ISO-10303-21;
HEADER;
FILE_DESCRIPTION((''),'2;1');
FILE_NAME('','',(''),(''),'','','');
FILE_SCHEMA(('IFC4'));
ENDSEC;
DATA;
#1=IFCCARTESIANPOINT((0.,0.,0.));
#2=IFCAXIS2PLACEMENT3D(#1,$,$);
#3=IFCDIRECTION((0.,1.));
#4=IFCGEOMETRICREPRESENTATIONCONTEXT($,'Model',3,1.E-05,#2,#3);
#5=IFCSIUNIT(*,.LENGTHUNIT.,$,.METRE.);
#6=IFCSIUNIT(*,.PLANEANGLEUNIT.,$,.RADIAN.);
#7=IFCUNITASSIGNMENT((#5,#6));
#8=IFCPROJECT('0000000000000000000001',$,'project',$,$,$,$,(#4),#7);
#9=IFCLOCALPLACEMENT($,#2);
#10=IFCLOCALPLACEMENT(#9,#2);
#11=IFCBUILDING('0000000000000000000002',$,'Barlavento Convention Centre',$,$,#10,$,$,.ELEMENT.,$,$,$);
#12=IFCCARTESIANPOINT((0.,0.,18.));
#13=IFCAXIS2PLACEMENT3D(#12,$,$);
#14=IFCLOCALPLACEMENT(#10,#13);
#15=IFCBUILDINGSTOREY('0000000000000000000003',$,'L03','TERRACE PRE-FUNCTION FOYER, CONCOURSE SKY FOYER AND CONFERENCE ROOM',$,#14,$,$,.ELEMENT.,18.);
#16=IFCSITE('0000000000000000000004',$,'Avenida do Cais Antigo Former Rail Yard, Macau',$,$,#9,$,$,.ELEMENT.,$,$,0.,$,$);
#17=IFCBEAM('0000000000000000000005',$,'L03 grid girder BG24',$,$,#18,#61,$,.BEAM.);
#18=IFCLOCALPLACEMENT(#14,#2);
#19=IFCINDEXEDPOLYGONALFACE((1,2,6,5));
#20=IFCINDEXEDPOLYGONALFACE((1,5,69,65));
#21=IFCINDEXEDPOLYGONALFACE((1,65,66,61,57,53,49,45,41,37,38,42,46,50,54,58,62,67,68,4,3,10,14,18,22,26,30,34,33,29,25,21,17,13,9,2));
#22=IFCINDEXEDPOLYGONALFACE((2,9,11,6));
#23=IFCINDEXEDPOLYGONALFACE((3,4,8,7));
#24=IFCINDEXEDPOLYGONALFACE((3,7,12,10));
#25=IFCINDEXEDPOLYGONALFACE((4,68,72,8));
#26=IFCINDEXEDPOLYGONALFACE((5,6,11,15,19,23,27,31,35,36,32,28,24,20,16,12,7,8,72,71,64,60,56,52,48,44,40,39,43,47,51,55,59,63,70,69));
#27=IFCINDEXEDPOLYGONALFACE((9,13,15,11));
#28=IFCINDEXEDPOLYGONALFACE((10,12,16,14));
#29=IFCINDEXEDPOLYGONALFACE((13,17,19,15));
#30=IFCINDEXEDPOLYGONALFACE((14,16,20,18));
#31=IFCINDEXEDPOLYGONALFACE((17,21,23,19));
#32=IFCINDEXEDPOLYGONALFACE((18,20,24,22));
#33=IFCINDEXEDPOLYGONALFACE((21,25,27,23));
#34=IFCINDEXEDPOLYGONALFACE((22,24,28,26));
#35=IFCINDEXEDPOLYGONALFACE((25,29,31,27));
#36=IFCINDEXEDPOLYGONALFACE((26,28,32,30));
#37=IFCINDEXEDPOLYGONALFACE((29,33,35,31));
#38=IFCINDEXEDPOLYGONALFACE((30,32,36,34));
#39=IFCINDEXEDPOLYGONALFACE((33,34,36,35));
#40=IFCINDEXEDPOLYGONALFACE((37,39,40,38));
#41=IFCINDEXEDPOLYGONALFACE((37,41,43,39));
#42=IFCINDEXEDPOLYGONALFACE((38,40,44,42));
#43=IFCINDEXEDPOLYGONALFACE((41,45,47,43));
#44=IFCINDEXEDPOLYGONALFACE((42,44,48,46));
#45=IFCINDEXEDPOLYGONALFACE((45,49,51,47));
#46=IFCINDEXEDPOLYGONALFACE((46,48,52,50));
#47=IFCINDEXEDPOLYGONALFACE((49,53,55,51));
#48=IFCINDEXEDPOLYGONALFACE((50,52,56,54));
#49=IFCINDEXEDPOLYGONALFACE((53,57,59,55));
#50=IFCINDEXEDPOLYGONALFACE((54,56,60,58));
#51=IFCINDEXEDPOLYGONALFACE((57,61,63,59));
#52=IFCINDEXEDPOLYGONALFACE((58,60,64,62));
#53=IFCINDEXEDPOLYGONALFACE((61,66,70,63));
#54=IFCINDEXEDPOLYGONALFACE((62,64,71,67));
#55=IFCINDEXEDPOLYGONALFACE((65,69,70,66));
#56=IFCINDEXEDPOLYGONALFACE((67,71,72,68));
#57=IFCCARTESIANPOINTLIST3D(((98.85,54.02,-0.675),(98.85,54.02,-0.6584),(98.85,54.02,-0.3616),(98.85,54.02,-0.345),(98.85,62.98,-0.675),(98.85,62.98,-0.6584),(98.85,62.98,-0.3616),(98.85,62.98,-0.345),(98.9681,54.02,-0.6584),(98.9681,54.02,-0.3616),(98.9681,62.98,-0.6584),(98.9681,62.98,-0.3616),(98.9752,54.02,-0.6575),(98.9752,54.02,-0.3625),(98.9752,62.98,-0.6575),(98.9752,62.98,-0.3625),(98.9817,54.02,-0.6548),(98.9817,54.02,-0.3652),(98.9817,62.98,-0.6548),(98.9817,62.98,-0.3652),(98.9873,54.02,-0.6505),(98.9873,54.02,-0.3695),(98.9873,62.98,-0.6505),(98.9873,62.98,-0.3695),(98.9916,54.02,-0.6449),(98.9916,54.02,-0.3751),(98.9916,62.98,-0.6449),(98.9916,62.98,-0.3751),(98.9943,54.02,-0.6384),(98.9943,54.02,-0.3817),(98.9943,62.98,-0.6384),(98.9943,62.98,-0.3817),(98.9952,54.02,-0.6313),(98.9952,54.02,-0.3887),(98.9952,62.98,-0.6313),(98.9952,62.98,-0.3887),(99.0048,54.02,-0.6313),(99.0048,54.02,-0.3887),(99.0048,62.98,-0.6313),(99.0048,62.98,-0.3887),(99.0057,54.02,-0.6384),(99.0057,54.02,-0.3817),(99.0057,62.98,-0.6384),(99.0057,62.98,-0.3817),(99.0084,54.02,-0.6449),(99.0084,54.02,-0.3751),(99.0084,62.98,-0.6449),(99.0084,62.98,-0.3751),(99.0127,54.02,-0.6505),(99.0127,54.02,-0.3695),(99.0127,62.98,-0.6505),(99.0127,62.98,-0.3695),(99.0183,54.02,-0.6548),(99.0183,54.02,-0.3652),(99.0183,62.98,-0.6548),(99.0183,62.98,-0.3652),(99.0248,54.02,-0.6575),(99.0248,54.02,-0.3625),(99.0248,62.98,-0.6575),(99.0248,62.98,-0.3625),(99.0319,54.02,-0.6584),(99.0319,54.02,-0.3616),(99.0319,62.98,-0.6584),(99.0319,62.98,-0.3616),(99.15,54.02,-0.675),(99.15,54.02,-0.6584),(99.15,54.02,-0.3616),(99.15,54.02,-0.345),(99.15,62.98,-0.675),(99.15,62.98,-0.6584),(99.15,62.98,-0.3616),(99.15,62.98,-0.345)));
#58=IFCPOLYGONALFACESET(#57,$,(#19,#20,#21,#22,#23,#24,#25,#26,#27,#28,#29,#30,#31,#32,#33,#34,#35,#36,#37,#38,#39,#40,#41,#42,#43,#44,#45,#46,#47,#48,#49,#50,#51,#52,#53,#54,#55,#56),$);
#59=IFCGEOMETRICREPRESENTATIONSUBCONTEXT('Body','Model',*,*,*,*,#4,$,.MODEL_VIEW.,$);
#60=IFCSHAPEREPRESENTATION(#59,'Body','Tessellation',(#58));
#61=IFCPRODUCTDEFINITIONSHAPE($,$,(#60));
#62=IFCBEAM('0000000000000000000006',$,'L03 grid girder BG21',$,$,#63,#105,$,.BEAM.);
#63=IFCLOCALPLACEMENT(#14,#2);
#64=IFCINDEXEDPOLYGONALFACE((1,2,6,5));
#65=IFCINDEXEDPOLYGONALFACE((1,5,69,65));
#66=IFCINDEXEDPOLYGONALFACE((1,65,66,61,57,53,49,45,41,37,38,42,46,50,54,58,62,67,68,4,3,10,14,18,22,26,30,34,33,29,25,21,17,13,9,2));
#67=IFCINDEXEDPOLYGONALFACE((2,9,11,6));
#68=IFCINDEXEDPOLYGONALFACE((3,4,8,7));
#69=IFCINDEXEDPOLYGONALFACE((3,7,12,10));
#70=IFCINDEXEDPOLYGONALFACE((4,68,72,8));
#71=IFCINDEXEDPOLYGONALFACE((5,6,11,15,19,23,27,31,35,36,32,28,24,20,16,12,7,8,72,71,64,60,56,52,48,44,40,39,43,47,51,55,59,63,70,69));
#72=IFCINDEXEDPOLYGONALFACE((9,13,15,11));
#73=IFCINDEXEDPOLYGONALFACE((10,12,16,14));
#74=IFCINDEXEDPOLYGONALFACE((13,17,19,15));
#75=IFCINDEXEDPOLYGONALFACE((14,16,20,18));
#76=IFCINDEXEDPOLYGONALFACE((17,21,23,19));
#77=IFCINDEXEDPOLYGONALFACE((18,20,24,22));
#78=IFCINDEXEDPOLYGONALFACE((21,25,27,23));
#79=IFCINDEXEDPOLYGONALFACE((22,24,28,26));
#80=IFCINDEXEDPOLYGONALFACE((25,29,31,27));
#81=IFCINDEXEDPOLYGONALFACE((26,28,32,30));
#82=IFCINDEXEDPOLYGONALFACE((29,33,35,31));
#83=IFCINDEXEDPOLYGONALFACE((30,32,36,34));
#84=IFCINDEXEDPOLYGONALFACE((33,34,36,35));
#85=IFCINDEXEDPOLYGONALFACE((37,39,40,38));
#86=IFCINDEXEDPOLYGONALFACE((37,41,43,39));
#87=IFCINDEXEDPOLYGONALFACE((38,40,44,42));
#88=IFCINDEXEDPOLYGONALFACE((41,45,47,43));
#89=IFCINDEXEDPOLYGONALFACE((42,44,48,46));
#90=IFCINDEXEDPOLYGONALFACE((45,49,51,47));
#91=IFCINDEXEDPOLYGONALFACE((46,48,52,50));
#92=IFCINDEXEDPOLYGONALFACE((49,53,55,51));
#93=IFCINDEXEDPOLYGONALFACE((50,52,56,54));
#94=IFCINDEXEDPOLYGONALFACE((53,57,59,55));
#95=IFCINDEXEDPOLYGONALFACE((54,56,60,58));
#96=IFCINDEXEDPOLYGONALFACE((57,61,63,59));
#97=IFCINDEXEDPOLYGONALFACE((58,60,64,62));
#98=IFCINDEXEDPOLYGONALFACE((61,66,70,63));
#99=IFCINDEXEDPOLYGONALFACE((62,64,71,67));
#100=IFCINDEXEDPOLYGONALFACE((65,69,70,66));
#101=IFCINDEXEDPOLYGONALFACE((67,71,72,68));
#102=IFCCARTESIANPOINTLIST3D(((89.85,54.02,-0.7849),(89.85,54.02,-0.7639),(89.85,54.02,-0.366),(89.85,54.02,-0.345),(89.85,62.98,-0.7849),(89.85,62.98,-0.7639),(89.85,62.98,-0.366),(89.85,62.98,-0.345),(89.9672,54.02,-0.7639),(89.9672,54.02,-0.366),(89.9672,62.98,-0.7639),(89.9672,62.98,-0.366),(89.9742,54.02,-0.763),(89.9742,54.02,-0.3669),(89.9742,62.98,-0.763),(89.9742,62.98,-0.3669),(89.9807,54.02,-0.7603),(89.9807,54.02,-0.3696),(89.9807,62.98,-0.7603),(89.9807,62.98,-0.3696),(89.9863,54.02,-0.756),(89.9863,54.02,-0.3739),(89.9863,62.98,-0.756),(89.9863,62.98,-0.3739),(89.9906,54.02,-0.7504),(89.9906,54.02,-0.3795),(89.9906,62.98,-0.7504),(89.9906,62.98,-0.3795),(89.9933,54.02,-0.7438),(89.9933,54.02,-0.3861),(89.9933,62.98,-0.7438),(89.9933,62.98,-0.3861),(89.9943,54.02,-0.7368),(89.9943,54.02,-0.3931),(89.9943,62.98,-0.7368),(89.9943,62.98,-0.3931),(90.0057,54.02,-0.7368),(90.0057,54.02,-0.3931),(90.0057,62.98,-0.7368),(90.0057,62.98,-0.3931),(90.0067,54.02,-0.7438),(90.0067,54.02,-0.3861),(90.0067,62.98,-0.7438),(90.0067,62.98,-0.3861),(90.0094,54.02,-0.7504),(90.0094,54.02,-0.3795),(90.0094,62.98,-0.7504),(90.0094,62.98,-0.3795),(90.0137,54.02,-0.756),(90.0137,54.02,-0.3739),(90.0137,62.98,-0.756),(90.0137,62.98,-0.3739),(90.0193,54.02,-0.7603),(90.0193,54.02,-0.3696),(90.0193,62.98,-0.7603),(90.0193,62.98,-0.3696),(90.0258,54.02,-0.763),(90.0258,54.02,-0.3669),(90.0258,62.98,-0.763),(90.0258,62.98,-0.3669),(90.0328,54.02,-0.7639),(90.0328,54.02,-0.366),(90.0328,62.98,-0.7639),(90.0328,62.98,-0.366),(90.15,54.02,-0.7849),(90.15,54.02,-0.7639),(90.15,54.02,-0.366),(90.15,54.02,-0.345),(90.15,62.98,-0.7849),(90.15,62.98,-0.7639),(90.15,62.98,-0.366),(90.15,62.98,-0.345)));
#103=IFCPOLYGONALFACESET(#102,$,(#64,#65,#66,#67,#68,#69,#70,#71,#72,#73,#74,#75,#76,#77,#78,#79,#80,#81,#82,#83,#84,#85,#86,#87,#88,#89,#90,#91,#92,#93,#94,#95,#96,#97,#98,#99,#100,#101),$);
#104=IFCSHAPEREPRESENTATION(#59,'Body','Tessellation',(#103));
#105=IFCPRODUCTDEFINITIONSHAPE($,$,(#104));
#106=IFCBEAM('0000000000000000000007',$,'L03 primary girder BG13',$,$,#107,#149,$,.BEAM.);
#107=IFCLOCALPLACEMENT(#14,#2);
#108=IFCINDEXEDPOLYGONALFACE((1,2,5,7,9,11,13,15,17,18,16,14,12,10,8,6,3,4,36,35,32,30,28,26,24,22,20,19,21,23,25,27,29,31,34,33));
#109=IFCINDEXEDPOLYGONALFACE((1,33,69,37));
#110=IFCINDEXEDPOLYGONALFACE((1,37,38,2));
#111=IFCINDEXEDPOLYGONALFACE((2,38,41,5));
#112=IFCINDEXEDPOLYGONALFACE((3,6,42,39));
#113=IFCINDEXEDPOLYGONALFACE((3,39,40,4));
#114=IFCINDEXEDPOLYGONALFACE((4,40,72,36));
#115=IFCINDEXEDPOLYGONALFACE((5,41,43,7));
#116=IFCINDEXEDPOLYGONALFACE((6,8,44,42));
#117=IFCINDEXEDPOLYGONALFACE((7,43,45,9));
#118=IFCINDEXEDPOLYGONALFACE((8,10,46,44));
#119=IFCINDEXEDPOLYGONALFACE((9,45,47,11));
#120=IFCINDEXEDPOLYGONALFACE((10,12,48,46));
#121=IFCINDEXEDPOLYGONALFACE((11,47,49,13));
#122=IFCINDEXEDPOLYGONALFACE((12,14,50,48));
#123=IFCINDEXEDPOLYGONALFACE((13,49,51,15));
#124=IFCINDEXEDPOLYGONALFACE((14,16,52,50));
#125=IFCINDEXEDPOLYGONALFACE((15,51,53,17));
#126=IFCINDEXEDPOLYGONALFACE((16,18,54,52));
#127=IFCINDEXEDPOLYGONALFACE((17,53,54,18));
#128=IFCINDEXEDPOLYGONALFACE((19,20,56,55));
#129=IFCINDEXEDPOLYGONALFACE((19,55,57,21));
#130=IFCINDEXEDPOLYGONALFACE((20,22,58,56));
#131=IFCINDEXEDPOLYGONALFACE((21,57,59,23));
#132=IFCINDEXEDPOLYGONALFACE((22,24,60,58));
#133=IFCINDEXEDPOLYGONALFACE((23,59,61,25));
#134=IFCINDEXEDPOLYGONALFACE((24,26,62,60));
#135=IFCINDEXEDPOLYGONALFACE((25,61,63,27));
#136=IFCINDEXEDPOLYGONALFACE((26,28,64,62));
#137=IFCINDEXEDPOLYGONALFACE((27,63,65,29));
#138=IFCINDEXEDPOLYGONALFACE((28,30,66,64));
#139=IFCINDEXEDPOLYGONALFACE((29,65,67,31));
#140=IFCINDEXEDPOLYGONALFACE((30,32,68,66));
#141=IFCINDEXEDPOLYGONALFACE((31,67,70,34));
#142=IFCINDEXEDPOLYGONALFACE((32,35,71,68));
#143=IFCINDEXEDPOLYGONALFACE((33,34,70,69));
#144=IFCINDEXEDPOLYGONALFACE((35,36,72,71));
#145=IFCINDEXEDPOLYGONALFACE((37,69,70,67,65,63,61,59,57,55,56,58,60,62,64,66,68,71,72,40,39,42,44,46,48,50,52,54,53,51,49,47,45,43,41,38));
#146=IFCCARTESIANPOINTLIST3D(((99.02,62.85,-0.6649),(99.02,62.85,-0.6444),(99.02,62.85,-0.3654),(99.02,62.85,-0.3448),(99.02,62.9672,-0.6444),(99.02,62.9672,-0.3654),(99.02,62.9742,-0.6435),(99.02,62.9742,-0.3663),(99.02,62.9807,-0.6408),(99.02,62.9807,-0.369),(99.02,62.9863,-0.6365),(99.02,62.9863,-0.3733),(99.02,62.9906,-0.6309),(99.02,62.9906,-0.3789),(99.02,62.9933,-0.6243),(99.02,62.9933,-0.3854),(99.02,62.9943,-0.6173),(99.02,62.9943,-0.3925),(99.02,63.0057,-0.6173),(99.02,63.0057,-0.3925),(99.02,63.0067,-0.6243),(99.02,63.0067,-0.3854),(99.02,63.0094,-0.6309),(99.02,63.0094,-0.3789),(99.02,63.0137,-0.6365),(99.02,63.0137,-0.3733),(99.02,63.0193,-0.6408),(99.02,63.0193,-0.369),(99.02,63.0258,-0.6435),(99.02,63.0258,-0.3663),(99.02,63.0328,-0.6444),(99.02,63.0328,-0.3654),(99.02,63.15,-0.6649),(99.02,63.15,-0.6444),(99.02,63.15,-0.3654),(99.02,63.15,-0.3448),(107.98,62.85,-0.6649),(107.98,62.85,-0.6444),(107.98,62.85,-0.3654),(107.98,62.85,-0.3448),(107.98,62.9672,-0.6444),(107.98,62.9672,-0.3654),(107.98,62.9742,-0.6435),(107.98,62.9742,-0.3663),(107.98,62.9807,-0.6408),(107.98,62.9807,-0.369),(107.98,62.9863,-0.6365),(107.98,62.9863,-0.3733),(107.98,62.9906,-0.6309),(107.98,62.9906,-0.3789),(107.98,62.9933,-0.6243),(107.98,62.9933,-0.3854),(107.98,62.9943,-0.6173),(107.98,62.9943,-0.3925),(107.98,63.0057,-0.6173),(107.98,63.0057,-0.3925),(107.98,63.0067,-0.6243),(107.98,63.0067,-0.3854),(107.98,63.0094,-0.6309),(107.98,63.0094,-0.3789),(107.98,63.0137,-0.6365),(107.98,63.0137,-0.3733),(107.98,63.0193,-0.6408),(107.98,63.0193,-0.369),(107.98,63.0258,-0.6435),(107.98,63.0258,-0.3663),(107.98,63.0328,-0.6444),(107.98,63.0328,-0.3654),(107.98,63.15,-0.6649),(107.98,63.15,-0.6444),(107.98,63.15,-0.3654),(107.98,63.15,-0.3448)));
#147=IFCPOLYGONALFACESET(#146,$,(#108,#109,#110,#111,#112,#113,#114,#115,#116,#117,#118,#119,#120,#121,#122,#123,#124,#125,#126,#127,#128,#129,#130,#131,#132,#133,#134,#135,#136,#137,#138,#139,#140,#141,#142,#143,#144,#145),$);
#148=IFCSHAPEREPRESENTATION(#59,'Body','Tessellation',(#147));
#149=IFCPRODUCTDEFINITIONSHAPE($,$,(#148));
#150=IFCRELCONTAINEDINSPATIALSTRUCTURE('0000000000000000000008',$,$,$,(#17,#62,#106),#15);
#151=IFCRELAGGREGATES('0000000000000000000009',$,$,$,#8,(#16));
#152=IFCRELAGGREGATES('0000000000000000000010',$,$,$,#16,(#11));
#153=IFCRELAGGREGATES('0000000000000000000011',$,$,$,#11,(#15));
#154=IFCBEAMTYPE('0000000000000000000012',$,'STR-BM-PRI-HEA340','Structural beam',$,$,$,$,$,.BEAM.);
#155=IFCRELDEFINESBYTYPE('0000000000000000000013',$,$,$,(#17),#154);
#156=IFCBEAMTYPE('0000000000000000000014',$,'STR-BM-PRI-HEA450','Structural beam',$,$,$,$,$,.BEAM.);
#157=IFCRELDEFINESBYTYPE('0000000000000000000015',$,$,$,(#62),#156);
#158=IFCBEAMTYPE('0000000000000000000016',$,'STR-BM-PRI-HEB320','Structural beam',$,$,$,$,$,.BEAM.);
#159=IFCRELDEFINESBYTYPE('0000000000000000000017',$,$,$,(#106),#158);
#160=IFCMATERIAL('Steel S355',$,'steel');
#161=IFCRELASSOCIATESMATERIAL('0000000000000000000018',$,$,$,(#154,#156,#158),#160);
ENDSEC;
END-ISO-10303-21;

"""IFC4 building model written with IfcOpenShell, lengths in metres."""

from ifc_helpers import new_model, si_unit, direction, frame, origin, origin_2d, place, context, subcontext, project, spatial, i_section, extrude, material, material_profile, profile_set, type_object, element, save


model = new_model("IFC4")

# Units and contexts
model_context = context("Model", 3, precision=1e-05, world=origin(), true_north=direction((0.0, 1.0)))
body_context = subcontext(model_context, "Body", "Model", "MODEL_VIEW")
ifc_project = project(units=[si_unit("LENGTHUNIT", "METRE"), si_unit("PLANEANGLEUNIT", "RADIAN")], contexts=[model_context])

# Site, building, storey
site_placement = place(None, origin())
site = spatial("IfcSite", under=ifc_project, at=site_placement, Name="Avenida do Cais Antigo Former Rail Yard, Macau", CompositionType="ELEMENT", RefElevation=0.0)
building_placement = place(site_placement, origin())
building = spatial("IfcBuilding", under=site, at=building_placement, Name="Barlavento Convention Centre", CompositionType="ELEMENT")
storey_placement = place(building_placement, frame((0.0, 0.0, 18.0)))
storey = spatial("IfcBuildingStorey", under=building, at=storey_placement, Name="L03", Description="TERRACE PRE-FUNCTION FOYER, CONCOURSE SKY FOYER AND CONFERENCE ROOM", CompositionType="ELEMENT", Elevation=18.0)

# Beams
ifc_material_1 = material(Name="Steel S355", Category="steel")
ifc_material_profile_1 = material_profile(ifc_material_1, i_section(OverallWidth=0.3, OverallDepth=0.3301, WebThickness=0.0095, FlangeThickness=0.0166, FilletRadius=0.0271, at=origin_2d()), Name="HEA 340")
ifc_profile_set_1 = profile_set([ifc_material_profile_1], Name="Steel S355")
beam_type_1 = type_object("IfcBeamType", Name="STR-BM-PRI-HEA340", Description="Structural beam", PredefinedType="BEAM", material=ifc_profile_set_1)
beam_1_placement = place(storey_placement, frame((99.0, 54.02, -0.51), z_axis=(0.0, 1.0, 0.0), x_axis=(-1.0, 0.0, 0.0)))
element("IfcBeam", 1, at=beam_1_placement, inside=storey, type_object=beam_type_1, Name="L03 grid girder BG24", PredefinedType="BEAM", context=body_context, shape_type="SweptSolid", body=[
    extrude(i_section(OverallWidth=0.3, OverallDepth=0.3301, WebThickness=0.0095, FlangeThickness=0.0166, FilletRadius=0.0271, at=origin_2d()), origin(), (0.0, 0.0, 1.0), 8.96),
])
ifc_material_profile_2 = material_profile(ifc_material_1, i_section(OverallWidth=0.3, OverallDepth=0.4399, WebThickness=0.0115, FlangeThickness=0.021, FilletRadius=0.0271, at=origin_2d()), Name="HEA 450")
ifc_profile_set_2 = profile_set([ifc_material_profile_2], Name="Steel S355")
beam_type_2 = type_object("IfcBeamType", Name="STR-BM-PRI-HEA450", Description="Structural beam", PredefinedType="BEAM", material=ifc_profile_set_2)
beam_2_placement = place(storey_placement, frame((90.0, 54.02, -0.5649), z_axis=(0.0, 1.0, 0.0), x_axis=(-1.0, 0.0, 0.0)))
element("IfcBeam", 2, at=beam_2_placement, inside=storey, type_object=beam_type_2, Name="L03 grid girder BG21", PredefinedType="BEAM", context=body_context, shape_type="SweptSolid", body=[
    extrude(i_section(OverallWidth=0.3, OverallDepth=0.4399, WebThickness=0.0115, FlangeThickness=0.021, FilletRadius=0.0271, at=origin_2d()), origin(), (0.0, 0.0, 1.0), 8.96),
])
ifc_material_profile_3 = material_profile(ifc_material_1, i_section(OverallWidth=0.3, OverallDepth=0.3201, WebThickness=0.0115, FlangeThickness=0.0205, FilletRadius=0.0271, at=origin_2d()), Name="HEB 320")
ifc_profile_set_3 = profile_set([ifc_material_profile_3], Name="Steel S355")
beam_type_3 = type_object("IfcBeamType", Name="STR-BM-PRI-HEB320", Description="Structural beam", PredefinedType="BEAM", material=ifc_profile_set_3)
beam_3_placement = place(storey_placement, frame((99.02, 63.0, -0.5049), z_axis=(1.0, 0.0, 0.0), x_axis=(0.0, 1.0, 0.0)))
element("IfcBeam", 3, at=beam_3_placement, inside=storey, type_object=beam_type_3, Name="L03 primary girder BG13", PredefinedType="BEAM", context=body_context, shape_type="SweptSolid", body=[
    extrude(i_section(OverallWidth=0.3, OverallDepth=0.3201, WebThickness=0.0115, FlangeThickness=0.0205, FilletRadius=0.0271, at=origin_2d()), origin(), (0.0, 0.0, 1.0), 8.96),
])

save(model, "model.ifc")
